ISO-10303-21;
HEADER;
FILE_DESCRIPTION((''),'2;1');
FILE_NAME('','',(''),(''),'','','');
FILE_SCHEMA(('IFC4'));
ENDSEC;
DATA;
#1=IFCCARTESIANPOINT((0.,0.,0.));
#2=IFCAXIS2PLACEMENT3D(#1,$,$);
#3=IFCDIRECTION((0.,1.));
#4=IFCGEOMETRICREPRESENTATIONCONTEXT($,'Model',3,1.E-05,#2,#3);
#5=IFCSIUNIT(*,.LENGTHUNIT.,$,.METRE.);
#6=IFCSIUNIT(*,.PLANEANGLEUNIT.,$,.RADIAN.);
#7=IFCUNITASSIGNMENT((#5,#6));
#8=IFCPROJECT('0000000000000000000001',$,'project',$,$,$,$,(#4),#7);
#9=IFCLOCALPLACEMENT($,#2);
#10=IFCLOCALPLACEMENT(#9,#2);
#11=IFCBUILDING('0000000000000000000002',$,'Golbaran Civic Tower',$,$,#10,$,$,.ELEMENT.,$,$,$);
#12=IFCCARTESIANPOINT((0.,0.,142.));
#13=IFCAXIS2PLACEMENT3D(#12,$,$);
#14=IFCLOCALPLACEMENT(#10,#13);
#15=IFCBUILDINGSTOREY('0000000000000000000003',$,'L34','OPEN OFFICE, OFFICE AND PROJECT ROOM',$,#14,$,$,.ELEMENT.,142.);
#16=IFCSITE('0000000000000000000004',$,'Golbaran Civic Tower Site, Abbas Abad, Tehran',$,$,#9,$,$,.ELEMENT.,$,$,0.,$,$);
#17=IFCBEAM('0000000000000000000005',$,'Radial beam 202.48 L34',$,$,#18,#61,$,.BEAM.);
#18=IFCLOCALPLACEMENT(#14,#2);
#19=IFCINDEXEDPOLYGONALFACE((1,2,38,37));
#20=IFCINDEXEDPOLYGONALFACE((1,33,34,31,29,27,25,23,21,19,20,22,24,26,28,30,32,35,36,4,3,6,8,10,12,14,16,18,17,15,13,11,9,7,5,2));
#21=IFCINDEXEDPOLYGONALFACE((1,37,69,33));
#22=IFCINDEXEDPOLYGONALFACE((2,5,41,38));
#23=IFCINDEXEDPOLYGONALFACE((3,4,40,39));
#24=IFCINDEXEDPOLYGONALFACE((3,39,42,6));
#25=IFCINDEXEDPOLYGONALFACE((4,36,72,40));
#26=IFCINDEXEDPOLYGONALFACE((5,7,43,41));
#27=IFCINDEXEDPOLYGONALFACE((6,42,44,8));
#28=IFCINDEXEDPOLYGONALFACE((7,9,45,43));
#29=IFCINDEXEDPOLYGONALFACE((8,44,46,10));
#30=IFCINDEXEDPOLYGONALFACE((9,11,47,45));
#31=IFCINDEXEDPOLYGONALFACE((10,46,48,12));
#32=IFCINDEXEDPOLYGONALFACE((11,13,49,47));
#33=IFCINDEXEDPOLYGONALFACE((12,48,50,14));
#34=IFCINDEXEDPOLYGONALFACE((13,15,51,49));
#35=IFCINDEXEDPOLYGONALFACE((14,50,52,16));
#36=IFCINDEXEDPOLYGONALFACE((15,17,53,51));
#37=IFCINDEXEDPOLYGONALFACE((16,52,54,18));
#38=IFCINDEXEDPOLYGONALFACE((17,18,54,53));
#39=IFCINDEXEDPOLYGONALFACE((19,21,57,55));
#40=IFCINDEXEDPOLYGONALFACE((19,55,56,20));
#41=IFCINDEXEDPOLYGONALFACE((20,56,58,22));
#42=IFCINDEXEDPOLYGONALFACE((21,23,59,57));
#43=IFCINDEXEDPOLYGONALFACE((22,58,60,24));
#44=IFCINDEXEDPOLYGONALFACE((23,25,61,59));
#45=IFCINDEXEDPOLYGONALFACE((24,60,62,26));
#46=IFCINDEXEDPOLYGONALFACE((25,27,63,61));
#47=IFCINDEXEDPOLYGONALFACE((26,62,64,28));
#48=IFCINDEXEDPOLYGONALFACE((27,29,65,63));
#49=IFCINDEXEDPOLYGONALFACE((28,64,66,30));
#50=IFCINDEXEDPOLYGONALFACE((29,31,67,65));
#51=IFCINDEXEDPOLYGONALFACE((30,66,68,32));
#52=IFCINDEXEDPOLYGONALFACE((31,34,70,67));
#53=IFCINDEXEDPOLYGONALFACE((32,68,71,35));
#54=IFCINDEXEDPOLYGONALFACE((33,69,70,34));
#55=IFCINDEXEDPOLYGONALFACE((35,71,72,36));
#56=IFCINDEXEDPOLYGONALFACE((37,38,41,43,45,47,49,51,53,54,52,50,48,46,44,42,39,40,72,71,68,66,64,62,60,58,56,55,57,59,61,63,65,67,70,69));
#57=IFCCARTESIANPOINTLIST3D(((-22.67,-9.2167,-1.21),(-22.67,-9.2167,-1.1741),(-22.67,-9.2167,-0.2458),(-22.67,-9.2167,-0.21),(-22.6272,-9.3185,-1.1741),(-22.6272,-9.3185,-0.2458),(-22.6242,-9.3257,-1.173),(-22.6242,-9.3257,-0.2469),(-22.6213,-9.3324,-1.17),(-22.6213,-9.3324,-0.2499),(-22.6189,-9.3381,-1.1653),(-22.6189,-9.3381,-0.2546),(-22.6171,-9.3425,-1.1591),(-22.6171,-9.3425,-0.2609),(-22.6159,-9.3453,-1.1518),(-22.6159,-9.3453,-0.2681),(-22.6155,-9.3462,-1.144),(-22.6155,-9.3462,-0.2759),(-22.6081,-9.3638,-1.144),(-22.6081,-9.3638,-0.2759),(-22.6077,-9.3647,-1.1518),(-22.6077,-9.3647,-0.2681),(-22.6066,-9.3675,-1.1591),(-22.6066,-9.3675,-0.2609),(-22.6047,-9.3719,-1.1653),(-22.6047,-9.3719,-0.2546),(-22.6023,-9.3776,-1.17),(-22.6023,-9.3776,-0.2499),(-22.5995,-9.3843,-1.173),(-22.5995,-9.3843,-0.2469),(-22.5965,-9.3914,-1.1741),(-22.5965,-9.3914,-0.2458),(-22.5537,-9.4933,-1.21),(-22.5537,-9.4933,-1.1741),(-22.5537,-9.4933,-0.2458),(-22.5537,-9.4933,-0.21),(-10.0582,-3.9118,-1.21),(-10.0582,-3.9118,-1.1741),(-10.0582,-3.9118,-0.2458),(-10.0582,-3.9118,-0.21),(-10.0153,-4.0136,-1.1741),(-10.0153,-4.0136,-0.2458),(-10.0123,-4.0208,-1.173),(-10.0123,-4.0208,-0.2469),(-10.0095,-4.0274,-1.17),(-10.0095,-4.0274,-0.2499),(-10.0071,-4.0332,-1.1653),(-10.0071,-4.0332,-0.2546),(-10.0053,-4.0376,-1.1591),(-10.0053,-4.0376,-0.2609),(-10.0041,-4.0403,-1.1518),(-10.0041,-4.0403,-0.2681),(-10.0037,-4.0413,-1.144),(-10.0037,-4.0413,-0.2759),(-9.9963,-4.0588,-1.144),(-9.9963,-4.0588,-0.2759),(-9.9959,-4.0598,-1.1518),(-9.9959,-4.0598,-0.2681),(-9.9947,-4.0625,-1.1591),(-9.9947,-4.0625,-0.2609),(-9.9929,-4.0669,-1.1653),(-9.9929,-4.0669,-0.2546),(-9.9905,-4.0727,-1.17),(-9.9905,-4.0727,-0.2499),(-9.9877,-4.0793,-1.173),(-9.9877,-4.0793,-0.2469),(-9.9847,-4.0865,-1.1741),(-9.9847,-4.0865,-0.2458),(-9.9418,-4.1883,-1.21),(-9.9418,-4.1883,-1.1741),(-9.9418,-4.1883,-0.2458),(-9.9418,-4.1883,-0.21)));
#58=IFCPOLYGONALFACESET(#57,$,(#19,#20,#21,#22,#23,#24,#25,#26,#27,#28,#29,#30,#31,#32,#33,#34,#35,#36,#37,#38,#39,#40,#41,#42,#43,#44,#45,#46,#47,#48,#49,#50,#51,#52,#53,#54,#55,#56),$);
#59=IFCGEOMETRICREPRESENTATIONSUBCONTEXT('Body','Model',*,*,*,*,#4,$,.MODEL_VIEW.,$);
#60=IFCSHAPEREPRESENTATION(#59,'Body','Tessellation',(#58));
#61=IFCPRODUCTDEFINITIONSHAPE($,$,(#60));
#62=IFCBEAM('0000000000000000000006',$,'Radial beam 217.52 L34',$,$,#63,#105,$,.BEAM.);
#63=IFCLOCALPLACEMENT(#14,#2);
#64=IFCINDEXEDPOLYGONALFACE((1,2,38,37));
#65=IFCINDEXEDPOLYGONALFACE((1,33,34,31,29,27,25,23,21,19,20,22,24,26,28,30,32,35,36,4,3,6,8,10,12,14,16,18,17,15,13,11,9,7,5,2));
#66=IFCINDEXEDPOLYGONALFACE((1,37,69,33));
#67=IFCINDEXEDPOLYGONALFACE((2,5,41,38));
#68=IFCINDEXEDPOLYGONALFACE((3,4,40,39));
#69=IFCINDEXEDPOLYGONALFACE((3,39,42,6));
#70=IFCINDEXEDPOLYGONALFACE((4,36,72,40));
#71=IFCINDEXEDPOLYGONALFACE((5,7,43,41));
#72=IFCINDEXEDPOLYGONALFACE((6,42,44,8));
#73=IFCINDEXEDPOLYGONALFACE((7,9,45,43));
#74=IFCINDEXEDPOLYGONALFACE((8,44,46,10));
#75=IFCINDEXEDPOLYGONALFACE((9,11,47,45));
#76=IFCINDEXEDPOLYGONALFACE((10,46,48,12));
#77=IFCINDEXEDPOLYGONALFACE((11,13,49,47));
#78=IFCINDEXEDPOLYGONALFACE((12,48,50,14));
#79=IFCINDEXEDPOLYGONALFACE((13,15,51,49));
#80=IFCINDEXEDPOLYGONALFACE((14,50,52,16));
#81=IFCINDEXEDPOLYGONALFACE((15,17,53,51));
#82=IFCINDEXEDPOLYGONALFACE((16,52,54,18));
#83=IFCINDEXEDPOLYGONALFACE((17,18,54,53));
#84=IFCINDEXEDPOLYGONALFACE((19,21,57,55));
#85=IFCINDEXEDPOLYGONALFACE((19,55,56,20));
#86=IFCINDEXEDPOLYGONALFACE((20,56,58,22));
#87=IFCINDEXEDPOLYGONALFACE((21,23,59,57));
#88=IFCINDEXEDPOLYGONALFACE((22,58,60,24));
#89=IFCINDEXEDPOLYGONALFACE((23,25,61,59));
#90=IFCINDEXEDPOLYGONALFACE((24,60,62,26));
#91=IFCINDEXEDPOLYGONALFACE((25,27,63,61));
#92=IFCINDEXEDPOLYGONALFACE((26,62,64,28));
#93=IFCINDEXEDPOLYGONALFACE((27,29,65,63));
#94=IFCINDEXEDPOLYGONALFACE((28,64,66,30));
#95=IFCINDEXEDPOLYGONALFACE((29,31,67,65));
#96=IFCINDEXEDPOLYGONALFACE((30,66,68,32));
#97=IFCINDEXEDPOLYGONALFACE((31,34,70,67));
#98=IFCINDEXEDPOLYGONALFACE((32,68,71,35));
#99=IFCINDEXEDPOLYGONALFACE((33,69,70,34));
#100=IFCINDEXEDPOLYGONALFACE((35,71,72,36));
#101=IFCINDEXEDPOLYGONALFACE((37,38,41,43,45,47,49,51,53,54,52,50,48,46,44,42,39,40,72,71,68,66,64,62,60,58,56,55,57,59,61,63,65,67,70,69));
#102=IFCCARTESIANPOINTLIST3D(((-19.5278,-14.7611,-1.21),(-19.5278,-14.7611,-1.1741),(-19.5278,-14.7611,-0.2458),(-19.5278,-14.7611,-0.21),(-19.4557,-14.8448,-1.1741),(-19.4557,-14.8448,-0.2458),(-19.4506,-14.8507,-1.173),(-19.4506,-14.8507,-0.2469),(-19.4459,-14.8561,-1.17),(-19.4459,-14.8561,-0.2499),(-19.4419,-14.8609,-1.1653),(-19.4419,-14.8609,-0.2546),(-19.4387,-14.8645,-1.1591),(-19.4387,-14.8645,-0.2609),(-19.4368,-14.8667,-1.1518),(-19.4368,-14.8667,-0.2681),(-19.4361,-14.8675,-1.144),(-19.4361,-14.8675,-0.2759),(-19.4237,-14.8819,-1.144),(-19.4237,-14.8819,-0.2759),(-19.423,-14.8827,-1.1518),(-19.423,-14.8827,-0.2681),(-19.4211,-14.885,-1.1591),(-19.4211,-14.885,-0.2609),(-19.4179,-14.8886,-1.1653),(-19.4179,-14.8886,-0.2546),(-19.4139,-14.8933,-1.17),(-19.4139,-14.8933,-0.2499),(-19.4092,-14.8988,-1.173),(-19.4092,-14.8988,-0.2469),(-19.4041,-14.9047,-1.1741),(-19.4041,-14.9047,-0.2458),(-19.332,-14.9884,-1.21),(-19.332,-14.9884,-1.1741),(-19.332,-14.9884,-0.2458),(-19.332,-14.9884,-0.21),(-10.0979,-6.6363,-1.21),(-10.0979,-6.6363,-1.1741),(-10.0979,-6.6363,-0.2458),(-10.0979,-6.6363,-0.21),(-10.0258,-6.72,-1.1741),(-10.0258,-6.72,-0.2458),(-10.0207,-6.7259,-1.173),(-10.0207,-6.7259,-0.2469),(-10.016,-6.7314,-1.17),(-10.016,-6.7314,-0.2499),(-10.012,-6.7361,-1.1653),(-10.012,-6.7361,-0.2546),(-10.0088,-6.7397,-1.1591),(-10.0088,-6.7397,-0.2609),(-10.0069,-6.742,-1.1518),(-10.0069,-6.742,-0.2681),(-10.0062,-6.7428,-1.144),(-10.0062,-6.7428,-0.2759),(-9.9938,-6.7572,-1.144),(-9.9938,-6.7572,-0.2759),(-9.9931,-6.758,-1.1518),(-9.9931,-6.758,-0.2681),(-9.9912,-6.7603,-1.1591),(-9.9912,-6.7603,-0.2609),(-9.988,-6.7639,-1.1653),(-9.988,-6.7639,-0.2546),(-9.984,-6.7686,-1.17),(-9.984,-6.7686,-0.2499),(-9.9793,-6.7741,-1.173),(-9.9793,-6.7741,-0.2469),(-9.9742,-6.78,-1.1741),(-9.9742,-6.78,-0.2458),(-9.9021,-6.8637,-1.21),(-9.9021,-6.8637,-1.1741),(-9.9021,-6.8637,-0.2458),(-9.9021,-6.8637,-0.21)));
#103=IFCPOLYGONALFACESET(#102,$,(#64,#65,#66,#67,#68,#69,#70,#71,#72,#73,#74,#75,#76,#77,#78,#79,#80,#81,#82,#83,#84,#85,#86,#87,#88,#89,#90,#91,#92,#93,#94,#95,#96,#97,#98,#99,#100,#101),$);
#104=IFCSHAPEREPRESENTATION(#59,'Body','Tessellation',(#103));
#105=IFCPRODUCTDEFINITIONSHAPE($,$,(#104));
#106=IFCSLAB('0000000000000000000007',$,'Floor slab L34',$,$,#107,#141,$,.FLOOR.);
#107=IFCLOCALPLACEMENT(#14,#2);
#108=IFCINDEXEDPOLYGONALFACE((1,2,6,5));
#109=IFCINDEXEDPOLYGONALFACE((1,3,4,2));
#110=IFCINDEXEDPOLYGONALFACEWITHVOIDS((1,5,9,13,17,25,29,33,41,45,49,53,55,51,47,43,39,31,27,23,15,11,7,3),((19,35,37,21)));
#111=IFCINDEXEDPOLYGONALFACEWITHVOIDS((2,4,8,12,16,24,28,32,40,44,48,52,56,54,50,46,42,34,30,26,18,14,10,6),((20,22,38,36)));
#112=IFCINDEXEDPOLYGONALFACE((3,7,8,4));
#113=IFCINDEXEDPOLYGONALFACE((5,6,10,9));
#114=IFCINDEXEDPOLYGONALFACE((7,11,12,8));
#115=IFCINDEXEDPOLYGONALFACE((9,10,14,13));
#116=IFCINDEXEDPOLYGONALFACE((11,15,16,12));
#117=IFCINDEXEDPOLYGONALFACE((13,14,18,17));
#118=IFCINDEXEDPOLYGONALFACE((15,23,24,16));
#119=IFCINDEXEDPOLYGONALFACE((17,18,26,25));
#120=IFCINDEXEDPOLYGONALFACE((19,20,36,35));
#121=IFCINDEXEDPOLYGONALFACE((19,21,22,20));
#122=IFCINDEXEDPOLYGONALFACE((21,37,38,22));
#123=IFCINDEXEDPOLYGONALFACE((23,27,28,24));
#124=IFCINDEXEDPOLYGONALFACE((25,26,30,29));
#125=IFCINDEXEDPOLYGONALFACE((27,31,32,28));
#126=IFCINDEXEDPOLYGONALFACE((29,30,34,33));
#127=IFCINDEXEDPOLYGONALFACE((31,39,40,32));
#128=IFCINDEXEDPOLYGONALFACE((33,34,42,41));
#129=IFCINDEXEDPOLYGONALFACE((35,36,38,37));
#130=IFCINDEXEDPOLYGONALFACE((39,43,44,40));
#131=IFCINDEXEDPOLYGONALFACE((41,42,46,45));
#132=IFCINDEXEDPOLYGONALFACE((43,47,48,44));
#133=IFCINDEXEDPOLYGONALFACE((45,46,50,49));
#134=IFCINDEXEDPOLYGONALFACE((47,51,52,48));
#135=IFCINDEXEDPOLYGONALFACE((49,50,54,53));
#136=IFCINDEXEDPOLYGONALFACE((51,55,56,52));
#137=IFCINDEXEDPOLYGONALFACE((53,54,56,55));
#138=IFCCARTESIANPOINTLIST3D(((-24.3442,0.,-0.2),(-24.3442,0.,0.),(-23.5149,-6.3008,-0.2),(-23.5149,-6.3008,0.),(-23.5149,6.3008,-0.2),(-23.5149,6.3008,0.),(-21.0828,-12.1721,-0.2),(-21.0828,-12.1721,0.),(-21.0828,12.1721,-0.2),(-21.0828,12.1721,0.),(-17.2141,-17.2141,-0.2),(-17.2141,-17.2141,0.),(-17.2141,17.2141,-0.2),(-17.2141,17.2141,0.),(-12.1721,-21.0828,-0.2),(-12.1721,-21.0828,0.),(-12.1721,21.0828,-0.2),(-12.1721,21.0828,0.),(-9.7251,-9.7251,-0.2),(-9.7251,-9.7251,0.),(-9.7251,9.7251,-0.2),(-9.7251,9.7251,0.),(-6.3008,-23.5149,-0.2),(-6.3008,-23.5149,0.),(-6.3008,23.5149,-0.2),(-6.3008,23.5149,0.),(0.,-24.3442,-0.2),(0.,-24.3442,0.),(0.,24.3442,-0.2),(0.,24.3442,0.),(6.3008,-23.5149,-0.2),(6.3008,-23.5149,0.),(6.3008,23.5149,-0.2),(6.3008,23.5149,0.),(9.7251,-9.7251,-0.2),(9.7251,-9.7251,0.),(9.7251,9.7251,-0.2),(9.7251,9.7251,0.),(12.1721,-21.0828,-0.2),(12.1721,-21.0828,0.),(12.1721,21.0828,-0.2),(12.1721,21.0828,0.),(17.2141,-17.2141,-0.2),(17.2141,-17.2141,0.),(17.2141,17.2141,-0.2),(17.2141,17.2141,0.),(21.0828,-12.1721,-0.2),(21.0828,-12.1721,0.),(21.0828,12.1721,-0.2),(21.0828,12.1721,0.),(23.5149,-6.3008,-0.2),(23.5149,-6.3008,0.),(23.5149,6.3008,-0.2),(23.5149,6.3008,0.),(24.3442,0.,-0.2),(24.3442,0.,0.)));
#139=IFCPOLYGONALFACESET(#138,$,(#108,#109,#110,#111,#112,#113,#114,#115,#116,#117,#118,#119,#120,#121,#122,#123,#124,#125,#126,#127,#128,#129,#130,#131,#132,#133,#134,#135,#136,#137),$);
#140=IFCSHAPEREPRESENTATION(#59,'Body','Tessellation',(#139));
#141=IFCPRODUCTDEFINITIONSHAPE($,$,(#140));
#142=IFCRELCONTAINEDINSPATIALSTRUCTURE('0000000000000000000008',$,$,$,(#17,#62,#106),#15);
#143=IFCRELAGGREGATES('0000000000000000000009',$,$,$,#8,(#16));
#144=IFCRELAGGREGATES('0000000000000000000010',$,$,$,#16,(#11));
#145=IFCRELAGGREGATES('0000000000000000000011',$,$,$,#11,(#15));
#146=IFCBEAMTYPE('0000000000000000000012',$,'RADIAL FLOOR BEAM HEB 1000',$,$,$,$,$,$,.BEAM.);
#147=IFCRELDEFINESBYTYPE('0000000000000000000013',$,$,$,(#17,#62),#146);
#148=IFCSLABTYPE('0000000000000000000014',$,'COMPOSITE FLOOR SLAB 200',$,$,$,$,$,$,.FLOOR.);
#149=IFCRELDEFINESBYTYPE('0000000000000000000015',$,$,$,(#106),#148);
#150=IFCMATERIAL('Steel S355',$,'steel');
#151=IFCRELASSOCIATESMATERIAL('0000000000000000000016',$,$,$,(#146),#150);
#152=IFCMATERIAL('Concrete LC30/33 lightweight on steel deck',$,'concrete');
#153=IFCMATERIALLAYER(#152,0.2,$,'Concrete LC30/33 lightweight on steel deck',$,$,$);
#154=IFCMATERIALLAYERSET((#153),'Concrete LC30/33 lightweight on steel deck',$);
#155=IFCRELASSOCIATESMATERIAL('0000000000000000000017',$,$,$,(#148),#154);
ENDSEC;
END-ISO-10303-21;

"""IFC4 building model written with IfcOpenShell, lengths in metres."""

from ifc_helpers import new_model, si_unit, direction, frame, origin, origin_2d, place, context, subcontext, project, spatial, polyline, i_section, outline, extrude, material, layer, layer_set, material_profile, profile_set, type_object, element, save


model = new_model("IFC4")

# Units and contexts
model_context = context("Model", 3, precision=1e-05, world=origin(), true_north=direction((0.0, 1.0)))
body_context = subcontext(model_context, "Body", "Model", "MODEL_VIEW")
ifc_project = project(units=[si_unit("LENGTHUNIT", "METRE"), si_unit("PLANEANGLEUNIT", "RADIAN")], contexts=[model_context])

# Site, building, storey
site_placement = place(None, origin())
site = spatial("IfcSite", under=ifc_project, at=site_placement, Name="Golbaran Civic Tower Site, Abbas Abad, Tehran", CompositionType="ELEMENT", RefElevation=0.0)
building_placement = place(site_placement, origin())
building = spatial("IfcBuilding", under=site, at=building_placement, Name="Golbaran Civic Tower", CompositionType="ELEMENT")
storey_placement = place(building_placement, frame((0.0, 0.0, 142.0)))
storey = spatial("IfcBuildingStorey", under=building, at=storey_placement, Name="L34", Description="OPEN OFFICE, OFFICE AND PROJECT ROOM", CompositionType="ELEMENT", Elevation=142.0)

# Beams
ifc_material_1 = material(Name="Steel S355", Category="steel")
ifc_material_profile_1 = material_profile(ifc_material_1, i_section(OverallWidth=0.3, OverallDepth=1.0, WebThickness=0.019, FlangeThickness=0.0359, FilletRadius=0.03, at=origin_2d()), Name="HEB 1000")
ifc_profile_set_1 = profile_set([ifc_material_profile_1], Name="Steel S355")
beam_type_1 = type_object("IfcBeamType", Name="RADIAL FLOOR BEAM HEB 1000", PredefinedType="BEAM", material=ifc_profile_set_1)
beam_1_placement = place(storey_placement, frame((-10.0, -4.05, -0.71), z_axis=(-0.921774, -0.387728, 0.0), x_axis=(0.387728, -0.921774, 0.0)))
element("IfcBeam", 1, at=beam_1_placement, inside=storey, type_object=beam_type_1, Name="Radial beam 202.48 L34", PredefinedType="BEAM", context=body_context, shape_type="SweptSolid", body=[
    extrude(i_section(OverallWidth=0.3, OverallDepth=1.0, WebThickness=0.019, FlangeThickness=0.0359, FilletRadius=0.03, at=origin_2d()), origin(), (0.0, 0.0, 1.0), 13.6821),
])
beam_2_placement = place(storey_placement, frame((-10.0, -6.75, -0.71), z_axis=(-0.757589, -0.652732, 0.0), x_axis=(0.652732, -0.757589, 0.0)))
element("IfcBeam", 2, at=beam_2_placement, inside=storey, type_object=beam_type_1, Name="Radial beam 217.52 L34", PredefinedType="BEAM", context=body_context, shape_type="SweptSolid", body=[
    extrude(i_section(OverallWidth=0.3, OverallDepth=1.0, WebThickness=0.019, FlangeThickness=0.0359, FilletRadius=0.03, at=origin_2d()), origin(), (0.0, 0.0, 1.0), 12.4473),
])

# Slab
ifc_material_2 = material(Name="Concrete LC30/33 lightweight on steel deck", Category="concrete")
ifc_layer_1 = layer(ifc_material_2, 0.2, Name="Concrete LC30/33 lightweight on steel deck")
ifc_layer_set_1 = layer_set([ifc_layer_1], Name="Concrete LC30/33 lightweight on steel deck")
slab_type_1 = type_object("IfcSlabType", Name="COMPOSITE FLOOR SLAB 200", PredefinedType="FLOOR", material=ifc_layer_set_1)
slab_1_placement = place(storey_placement, frame((0.0, 0.0, -0.2)))
element("IfcSlab", 3, at=slab_1_placement, inside=storey, type_object=slab_type_1, Name="Floor slab L34", PredefinedType="FLOOR", context=body_context, shape_type="SweptSolid", body=[
    extrude(outline(polyline([(21.0828, -12.1721), (17.2141, -17.2141), (12.1721, -21.0828), (6.3008, -23.5149), (0.0, -24.3442), (-6.3008, -23.5149), (-12.1721, -21.0828), (-17.2141, -17.2141), (-21.0828, -12.1721), (-23.5149, -6.3008), (-24.3442, 0.0), (-23.5149, 6.3008), (-21.0828, 12.1721), (-17.2141, 17.2141), (-12.1721, 21.0828), (-6.3008, 23.5149), (0.0, 24.3442), (6.3008, 23.5149), (12.1721, 21.0828), (17.2141, 17.2141), (21.0828, 12.1721), (23.5149, 6.3008), (24.3442, 0.0), (23.5149, -6.3008), (21.0828, -12.1721)]), holes=[polyline([(-9.7251, 9.7251), (-9.7251, -9.7251), (9.7251, -9.7251), (9.7251, 9.7251), (-9.7251, 9.7251)])]), origin(), (0.0, 0.0, 1.0), 0.2),
])

save(model, "model.ifc")
